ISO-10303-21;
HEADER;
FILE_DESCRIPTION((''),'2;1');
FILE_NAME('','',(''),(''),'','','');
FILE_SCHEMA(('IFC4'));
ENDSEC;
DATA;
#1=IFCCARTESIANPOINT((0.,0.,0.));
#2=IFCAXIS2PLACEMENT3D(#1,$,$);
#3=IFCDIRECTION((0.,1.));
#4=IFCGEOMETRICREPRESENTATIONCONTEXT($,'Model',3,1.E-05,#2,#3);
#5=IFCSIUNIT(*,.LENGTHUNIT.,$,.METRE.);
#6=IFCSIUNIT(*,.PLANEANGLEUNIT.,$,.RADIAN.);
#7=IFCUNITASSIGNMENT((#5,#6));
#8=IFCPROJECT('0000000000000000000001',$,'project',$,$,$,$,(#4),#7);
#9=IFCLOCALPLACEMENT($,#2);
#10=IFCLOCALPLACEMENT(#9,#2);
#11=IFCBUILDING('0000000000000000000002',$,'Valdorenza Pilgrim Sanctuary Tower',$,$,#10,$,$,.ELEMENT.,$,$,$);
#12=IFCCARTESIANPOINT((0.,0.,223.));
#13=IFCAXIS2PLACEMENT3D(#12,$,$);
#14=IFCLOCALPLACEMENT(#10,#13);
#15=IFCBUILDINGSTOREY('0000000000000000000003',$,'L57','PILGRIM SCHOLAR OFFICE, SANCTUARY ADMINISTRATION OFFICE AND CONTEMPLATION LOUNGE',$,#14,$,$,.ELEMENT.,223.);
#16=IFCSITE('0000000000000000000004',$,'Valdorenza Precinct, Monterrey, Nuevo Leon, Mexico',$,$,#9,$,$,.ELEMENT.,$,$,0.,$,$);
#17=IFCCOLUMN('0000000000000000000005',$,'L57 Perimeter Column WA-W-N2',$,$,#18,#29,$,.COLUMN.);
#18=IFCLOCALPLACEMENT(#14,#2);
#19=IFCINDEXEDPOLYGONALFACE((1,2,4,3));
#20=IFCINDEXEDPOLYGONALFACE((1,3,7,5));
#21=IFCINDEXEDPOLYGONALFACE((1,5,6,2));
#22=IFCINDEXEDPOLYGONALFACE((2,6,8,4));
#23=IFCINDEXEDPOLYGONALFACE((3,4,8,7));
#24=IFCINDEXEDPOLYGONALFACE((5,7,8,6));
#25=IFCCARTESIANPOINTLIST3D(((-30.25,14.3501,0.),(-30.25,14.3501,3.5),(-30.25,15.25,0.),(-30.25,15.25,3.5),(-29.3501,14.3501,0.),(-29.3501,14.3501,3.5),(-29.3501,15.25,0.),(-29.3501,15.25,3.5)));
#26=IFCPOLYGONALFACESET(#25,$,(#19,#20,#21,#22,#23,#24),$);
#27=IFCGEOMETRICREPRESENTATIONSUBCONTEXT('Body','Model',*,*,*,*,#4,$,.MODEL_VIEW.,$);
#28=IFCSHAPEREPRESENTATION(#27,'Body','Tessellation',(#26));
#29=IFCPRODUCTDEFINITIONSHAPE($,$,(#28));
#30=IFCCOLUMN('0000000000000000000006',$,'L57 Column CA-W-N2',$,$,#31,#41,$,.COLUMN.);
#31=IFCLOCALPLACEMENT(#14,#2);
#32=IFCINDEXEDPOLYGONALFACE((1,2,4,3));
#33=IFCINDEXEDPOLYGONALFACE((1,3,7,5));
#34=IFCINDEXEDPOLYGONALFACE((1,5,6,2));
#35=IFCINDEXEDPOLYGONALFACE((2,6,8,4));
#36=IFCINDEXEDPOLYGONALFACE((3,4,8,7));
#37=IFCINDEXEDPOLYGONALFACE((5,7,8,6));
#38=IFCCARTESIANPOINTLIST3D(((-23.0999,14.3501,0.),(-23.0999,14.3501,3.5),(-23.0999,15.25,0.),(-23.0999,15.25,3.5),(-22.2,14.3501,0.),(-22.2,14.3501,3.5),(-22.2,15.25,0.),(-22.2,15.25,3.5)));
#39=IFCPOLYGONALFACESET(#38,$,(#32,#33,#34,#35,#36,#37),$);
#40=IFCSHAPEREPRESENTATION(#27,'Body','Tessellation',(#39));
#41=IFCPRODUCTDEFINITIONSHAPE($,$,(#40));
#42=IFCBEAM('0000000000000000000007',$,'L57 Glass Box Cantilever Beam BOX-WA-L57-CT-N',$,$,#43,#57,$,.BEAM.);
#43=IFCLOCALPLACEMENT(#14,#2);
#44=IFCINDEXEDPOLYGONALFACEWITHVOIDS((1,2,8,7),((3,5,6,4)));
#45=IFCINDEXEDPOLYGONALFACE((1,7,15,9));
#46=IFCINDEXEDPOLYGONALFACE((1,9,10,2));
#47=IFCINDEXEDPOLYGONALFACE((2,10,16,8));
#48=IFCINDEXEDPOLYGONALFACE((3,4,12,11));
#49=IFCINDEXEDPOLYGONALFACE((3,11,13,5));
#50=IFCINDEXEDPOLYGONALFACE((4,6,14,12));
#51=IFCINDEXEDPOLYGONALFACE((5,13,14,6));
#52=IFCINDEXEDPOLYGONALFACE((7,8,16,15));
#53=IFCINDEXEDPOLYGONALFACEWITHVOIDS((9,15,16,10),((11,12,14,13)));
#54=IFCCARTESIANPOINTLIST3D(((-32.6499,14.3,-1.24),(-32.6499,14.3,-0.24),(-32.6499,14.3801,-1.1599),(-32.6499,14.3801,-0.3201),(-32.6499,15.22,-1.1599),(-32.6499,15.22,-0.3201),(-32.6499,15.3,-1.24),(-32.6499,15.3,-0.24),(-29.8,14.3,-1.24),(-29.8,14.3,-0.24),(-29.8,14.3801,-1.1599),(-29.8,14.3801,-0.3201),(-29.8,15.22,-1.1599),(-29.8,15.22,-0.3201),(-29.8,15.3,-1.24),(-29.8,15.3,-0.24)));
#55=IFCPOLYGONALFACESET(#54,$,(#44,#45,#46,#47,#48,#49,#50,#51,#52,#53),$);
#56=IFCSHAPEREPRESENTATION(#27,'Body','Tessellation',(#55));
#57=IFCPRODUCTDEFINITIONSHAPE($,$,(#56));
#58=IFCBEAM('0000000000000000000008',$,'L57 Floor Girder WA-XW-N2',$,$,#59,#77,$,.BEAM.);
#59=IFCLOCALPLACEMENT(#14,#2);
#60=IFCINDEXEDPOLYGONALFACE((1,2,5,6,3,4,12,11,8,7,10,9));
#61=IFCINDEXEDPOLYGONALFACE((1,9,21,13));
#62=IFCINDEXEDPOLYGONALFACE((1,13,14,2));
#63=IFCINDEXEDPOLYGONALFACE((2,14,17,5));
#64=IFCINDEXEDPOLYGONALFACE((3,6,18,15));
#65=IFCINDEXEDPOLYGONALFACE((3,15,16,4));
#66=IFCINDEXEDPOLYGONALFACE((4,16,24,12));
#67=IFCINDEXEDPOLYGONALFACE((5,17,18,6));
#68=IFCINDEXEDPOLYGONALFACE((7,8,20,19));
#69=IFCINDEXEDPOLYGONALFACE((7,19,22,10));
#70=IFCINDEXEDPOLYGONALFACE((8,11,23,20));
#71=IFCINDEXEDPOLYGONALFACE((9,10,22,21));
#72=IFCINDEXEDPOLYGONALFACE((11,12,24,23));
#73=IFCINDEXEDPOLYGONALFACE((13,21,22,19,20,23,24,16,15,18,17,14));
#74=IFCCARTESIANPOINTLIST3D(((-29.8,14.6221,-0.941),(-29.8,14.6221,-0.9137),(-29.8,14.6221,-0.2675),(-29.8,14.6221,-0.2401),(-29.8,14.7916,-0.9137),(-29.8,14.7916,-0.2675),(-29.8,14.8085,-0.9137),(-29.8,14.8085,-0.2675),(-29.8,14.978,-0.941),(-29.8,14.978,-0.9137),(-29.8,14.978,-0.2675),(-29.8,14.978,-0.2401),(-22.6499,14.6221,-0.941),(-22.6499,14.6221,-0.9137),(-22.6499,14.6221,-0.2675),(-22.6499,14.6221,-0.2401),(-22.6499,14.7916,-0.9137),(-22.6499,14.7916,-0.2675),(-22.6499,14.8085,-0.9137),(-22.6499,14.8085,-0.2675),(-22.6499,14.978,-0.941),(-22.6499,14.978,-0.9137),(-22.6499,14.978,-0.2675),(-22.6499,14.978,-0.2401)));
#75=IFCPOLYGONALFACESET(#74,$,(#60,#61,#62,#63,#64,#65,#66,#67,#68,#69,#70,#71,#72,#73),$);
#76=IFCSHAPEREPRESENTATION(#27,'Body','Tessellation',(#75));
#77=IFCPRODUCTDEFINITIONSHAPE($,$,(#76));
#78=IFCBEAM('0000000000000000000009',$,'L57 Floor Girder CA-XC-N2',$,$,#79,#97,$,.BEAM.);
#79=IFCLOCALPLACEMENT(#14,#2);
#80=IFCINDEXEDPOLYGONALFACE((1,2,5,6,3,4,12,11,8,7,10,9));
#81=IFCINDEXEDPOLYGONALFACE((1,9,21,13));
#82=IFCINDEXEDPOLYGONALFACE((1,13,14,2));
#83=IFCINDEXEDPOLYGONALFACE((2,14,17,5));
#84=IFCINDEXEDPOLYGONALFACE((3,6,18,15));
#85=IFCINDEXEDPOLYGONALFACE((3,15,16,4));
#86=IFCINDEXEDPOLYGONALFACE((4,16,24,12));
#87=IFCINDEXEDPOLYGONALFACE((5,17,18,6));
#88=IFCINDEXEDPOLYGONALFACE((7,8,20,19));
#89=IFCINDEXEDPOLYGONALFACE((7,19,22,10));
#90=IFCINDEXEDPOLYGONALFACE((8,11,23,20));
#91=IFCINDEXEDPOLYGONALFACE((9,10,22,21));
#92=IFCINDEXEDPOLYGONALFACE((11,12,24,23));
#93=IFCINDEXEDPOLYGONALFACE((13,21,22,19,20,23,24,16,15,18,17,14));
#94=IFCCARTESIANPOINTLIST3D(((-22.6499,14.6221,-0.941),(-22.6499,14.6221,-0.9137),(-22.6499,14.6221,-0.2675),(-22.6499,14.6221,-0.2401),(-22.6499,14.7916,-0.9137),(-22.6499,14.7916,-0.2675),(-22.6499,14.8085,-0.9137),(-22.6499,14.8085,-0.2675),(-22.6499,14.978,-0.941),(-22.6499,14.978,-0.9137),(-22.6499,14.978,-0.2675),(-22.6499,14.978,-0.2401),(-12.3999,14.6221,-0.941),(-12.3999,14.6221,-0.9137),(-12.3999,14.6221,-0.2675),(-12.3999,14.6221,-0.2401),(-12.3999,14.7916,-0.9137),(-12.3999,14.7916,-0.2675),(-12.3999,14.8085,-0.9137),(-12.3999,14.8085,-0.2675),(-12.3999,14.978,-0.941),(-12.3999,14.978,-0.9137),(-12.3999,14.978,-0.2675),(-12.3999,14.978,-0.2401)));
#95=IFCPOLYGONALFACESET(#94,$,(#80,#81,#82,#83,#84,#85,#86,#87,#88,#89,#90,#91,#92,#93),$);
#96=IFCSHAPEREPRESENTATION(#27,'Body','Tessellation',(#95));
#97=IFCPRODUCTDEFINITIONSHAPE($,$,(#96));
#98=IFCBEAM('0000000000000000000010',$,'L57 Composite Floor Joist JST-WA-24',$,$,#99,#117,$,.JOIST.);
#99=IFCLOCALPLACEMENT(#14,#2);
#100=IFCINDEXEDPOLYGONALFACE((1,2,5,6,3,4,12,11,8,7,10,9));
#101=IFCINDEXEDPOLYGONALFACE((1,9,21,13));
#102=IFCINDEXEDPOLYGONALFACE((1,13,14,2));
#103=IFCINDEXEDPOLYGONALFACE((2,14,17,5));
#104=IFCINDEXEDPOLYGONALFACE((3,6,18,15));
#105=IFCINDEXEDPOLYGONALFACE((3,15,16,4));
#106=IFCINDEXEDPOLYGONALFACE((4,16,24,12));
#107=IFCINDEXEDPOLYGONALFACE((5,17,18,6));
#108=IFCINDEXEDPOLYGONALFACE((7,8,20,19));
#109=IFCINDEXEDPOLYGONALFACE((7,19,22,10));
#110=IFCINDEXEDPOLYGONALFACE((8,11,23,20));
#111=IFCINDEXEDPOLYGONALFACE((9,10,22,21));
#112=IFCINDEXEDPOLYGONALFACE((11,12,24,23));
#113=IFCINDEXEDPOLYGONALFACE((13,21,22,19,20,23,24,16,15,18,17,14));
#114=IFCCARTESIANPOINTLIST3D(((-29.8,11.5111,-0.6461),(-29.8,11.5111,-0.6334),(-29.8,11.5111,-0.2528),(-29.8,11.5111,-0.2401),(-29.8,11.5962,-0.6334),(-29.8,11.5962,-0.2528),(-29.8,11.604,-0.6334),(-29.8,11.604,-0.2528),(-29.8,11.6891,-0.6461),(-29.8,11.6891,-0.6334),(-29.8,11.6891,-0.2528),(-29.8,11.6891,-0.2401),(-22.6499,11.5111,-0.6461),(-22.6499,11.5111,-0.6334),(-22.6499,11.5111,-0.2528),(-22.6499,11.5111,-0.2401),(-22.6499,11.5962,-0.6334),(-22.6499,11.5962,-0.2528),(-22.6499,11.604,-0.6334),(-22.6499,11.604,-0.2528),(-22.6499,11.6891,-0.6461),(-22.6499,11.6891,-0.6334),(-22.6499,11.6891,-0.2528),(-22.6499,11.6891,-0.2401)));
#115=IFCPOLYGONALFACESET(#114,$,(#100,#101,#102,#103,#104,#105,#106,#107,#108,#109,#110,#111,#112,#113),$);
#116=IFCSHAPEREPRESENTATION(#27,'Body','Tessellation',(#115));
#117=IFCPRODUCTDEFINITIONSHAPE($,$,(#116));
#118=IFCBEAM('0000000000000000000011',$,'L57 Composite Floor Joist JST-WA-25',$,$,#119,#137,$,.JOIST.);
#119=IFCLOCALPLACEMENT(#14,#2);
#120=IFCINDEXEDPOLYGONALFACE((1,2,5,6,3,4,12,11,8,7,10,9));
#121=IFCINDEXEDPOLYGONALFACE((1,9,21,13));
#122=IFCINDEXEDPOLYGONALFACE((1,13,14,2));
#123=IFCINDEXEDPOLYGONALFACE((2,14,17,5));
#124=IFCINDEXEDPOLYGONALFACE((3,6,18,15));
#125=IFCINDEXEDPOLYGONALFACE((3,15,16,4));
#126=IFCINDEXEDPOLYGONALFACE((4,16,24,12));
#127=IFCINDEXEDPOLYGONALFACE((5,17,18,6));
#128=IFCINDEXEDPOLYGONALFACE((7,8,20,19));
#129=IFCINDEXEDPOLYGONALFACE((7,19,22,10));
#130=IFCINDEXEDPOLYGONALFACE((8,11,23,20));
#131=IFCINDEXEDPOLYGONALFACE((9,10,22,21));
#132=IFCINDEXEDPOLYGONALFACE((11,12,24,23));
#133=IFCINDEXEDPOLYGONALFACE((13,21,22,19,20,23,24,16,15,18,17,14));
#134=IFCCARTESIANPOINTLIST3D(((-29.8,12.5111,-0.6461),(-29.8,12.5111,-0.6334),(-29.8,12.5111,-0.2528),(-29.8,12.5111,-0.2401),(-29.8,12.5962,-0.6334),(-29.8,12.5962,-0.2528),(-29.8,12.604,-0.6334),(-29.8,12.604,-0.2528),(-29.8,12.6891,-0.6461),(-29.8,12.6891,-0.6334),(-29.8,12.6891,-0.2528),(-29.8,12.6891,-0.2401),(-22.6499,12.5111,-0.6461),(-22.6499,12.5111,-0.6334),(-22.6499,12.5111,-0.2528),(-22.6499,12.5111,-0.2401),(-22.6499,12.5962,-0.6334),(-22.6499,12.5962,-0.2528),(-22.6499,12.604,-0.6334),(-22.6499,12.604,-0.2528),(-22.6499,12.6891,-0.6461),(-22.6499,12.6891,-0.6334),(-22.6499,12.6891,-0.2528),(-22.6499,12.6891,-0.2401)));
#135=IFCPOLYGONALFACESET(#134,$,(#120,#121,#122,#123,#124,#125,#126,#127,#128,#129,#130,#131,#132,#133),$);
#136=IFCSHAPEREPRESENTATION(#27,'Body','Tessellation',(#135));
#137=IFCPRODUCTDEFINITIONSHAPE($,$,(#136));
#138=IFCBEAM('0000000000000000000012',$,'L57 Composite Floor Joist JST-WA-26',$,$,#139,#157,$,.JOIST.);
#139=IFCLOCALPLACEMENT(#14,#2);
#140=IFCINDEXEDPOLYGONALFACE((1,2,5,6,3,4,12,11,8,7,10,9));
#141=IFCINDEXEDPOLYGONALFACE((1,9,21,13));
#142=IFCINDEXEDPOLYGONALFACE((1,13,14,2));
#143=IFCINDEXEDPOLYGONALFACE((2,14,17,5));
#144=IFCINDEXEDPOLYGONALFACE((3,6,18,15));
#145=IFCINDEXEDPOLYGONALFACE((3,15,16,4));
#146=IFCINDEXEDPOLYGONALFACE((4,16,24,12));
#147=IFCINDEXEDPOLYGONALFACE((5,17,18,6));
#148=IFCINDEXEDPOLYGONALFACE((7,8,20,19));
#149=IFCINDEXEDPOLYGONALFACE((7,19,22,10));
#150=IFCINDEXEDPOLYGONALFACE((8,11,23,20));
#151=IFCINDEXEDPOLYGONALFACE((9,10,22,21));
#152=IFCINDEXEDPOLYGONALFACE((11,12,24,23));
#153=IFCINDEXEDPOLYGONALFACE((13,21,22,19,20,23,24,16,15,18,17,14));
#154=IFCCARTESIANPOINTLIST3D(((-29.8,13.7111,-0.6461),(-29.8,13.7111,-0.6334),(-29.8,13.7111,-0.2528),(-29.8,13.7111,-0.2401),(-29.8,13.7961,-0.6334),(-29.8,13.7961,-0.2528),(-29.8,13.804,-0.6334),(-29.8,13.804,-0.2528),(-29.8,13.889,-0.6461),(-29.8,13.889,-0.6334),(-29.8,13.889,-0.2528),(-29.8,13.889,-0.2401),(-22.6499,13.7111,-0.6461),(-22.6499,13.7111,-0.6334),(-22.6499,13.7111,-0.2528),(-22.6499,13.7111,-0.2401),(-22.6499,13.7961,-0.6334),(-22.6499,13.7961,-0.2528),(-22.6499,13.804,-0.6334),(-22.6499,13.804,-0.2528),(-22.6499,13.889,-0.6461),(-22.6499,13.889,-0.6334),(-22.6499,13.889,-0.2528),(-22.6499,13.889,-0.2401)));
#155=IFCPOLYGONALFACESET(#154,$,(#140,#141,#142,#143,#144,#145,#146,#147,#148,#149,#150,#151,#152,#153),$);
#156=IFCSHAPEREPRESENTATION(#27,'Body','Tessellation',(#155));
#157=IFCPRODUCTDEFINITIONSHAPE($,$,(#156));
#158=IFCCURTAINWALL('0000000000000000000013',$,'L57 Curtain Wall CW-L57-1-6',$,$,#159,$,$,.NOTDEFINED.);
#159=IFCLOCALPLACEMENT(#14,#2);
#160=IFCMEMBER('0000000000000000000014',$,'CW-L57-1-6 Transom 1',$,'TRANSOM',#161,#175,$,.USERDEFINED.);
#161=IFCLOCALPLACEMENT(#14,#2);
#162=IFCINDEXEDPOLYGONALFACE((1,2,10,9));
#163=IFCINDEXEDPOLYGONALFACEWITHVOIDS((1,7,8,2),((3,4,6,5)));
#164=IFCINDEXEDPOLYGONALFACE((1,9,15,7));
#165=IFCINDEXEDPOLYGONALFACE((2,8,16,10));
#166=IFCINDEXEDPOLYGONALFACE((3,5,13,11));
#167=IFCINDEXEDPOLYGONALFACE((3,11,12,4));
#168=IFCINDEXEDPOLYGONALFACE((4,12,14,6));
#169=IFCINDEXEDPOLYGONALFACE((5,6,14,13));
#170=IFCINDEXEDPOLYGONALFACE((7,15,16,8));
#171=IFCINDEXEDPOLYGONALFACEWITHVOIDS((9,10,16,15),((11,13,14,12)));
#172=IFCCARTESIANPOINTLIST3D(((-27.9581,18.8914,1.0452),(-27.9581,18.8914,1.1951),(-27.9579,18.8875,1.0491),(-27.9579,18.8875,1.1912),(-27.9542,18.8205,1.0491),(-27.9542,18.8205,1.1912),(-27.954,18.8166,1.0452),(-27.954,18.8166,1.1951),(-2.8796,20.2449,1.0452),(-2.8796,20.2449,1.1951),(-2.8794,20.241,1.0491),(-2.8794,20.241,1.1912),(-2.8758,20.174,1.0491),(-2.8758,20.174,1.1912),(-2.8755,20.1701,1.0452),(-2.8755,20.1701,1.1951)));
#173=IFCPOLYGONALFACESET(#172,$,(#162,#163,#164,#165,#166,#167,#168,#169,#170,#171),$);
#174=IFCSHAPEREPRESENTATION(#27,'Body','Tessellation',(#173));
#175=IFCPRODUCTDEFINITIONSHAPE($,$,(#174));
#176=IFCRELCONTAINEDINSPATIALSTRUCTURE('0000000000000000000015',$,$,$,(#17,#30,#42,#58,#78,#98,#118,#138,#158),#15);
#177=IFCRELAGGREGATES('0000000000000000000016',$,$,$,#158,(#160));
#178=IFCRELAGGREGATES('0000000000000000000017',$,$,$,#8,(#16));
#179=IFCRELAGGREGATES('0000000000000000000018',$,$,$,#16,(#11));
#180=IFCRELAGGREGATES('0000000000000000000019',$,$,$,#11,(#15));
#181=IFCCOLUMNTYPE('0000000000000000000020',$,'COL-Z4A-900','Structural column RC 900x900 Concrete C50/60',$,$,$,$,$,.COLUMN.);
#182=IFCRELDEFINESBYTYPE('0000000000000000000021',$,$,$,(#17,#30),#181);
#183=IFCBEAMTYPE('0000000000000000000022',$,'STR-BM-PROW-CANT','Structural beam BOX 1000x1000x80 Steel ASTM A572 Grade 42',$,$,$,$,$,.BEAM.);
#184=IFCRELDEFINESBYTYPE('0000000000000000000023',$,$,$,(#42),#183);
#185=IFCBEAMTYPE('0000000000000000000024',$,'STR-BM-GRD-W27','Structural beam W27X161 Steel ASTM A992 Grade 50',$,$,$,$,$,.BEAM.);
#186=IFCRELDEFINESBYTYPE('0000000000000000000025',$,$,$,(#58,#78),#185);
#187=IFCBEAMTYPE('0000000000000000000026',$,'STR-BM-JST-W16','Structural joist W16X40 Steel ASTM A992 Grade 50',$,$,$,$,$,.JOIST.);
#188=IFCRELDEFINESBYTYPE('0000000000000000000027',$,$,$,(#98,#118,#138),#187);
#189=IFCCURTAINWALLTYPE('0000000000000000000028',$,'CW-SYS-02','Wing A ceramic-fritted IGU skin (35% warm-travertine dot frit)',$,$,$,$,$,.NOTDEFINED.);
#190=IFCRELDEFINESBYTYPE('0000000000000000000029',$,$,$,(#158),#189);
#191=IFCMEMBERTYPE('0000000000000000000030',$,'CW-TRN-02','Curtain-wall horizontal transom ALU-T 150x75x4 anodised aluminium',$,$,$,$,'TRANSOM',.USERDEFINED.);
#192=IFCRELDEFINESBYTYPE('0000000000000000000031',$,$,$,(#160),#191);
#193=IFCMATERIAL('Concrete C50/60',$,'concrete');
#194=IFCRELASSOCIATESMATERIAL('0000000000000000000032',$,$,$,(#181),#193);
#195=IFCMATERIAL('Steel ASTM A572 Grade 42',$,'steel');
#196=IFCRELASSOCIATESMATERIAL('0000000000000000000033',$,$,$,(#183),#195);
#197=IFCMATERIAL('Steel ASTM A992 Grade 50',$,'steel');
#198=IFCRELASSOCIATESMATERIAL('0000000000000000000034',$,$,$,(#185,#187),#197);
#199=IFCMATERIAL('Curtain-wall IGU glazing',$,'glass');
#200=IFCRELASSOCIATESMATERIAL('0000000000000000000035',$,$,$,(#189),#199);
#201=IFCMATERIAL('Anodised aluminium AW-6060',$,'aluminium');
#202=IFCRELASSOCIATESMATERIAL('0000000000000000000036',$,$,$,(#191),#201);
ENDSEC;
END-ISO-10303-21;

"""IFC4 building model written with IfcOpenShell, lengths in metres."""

from ifc_helpers import new_model, si_unit, direction, frame, origin, origin_2d, place, context, subcontext, project, spatial, rectangle, hollow_rectangle, i_section, extrude, source, transform, mapped, material, material_profile, profile_set, type_object, element, aggregate, save


model = new_model("IFC4")

# Units and contexts
model_context = context("Model", 3, precision=1e-05, world=origin(), true_north=direction((0.0, 1.0)))
body_context = subcontext(model_context, "Body", "Model", "MODEL_VIEW")
ifc_project = project(units=[si_unit("LENGTHUNIT", "METRE"), si_unit("PLANEANGLEUNIT", "RADIAN")], contexts=[model_context])

# Site, building, storey
site_placement = place(None, origin())
site = spatial("IfcSite", under=ifc_project, at=site_placement, Name="Valdorenza Precinct, Monterrey, Nuevo Leon, Mexico", CompositionType="ELEMENT", RefElevation=0.0)
building_placement = place(site_placement, origin())
building = spatial("IfcBuilding", under=site, at=building_placement, Name="Valdorenza Pilgrim Sanctuary Tower", CompositionType="ELEMENT")
storey_placement = place(building_placement, frame((0.0, 0.0, 223.0)))
storey = spatial("IfcBuildingStorey", under=building, at=storey_placement, Name="L57", Description="PILGRIM SCHOLAR OFFICE, SANCTUARY ADMINISTRATION OFFICE AND CONTEMPLATION LOUNGE", CompositionType="ELEMENT", Elevation=223.0)

# Columns
ifc_material_1 = material(Name="Concrete C50/60", Category="concrete")
ifc_material_profile_1 = material_profile(ifc_material_1, rectangle(XDim=0.8999, YDim=0.8999, at=origin_2d()), Name="RC 900x900")
ifc_profile_set_1 = profile_set([ifc_material_profile_1], Name="Concrete C50/60")
column_type = type_object("IfcColumnType", Name="COL-Z4A-900", Description="Structural column RC 900x900 Concrete C50/60", PredefinedType="COLUMN", material=ifc_profile_set_1)
shared_shape_1 = source(origin(), body_context, "Body", "SweptSolid", [
    extrude(rectangle(XDim=0.8999, YDim=0.8999, at=origin_2d()), origin(), (0.0, 0.0, 1.0), 3.5),
])
for number, where, z_axis, x_axis, name in (
    (1, (-29.8, 14.8, 0.0), (0.0, 0.0, 1.0), (1.0, 0.0, 0.0), "L57 Perimeter Column WA-W-N2"),
    (2, (-22.6499, 14.8, 0.0), (0.0, 0.0, 1.0), (1.0, 0.0, 0.0), "L57 Column CA-W-N2"),
):
    element("IfcColumn", number, at=place(storey_placement, frame(where, z_axis=z_axis, x_axis=x_axis)), inside=storey, type_object=column_type, Name=name, PredefinedType="COLUMN", context=body_context, shape_type="MappedRepresentation", body=[
        mapped(shared_shape_1, transform((0.0, 0.0, 0.0), x_axis=(1.0, 0.0, 0.0), y_axis=(0.0, 1.0, 0.0), z_axis=(0.0, 0.0, 1.0), scale=1.0)),
    ])

# Beams
ifc_material_2 = material(Name="Steel ASTM A572 Grade 42", Category="steel")
ifc_material_profile_2 = material_profile(ifc_material_2, hollow_rectangle(XDim=1.0, YDim=1.0, WallThickness=0.0801, at=origin_2d()), Name="BOX 1000x1000x80")
ifc_profile_set_2 = profile_set([ifc_material_profile_2], Name="Steel ASTM A572 Grade 42")
beam_type_1 = type_object("IfcBeamType", Name="STR-BM-PROW-CANT", Description="Structural beam BOX 1000x1000x80 Steel ASTM A572 Grade 42", PredefinedType="BEAM", material=ifc_profile_set_2)
shared_shape_2 = source(origin(), body_context, "Body", "SweptSolid", [
    extrude(hollow_rectangle(XDim=1.0, YDim=1.0, WallThickness=0.0801, at=origin_2d()), origin(), (0.0, 0.0, 1.0), 2.8499),
])
beam_1_placement = place(storey_placement, frame((-29.8, 14.8, -0.74), z_axis=(-1.0, 0.0, 0.0), x_axis=(0.0, -1.0, 0.0)))
element("IfcBeam", 3, at=beam_1_placement, inside=storey, type_object=beam_type_1, Name="L57 Glass Box Cantilever Beam BOX-WA-L57-CT-N", PredefinedType="BEAM", context=body_context, shape_type="MappedRepresentation", body=[
    mapped(shared_shape_2, transform((0.0, 0.0, 0.0), x_axis=(1.0, 0.0, 0.0), y_axis=(0.0, 1.0, 0.0), z_axis=(0.0, 0.0, 1.0), scale=1.0)),
])
ifc_material_3 = material(Name="Steel ASTM A992 Grade 50", Category="steel")
ifc_material_profile_3 = material_profile(ifc_material_3, i_section(OverallWidth=0.356, OverallDepth=0.7009, WebThickness=0.0168, FlangeThickness=0.0273, at=origin_2d()), Name="W27X161")
ifc_profile_set_3 = profile_set([ifc_material_profile_3], Name="Steel ASTM A992 Grade 50")
beam_type_2 = type_object("IfcBeamType", Name="STR-BM-GRD-W27", Description="Structural beam W27X161 Steel ASTM A992 Grade 50", PredefinedType="BEAM", material=ifc_profile_set_3)
shared_shape_3 = source(origin(), body_context, "Body", "SweptSolid", [
    extrude(i_section(OverallWidth=0.356, OverallDepth=0.7009, WebThickness=0.0168, FlangeThickness=0.0273, at=origin_2d()), origin(), (0.0, 0.0, 1.0), 7.1501),
])
beam_2_placement = place(storey_placement, frame((-29.8, 14.8, -0.5906), z_axis=(1.0, 0.0, 0.0), x_axis=(0.0, 1.0, 0.0)))
element("IfcBeam", 4, at=beam_2_placement, inside=storey, type_object=beam_type_2, Name="L57 Floor Girder WA-XW-N2", PredefinedType="BEAM", context=body_context, shape_type="MappedRepresentation", body=[
    mapped(shared_shape_3, transform((0.0, 0.0, 0.0), x_axis=(1.0, 0.0, 0.0), y_axis=(0.0, 1.0, 0.0), z_axis=(0.0, 0.0, 1.0), scale=1.0)),
])
shared_shape_4 = source(origin(), body_context, "Body", "SweptSolid", [
    extrude(i_section(OverallWidth=0.356, OverallDepth=0.7009, WebThickness=0.0168, FlangeThickness=0.0273, at=origin_2d()), origin(), (0.0, 0.0, 1.0), 10.25),
])
beam_3_placement = place(storey_placement, frame((-22.6499, 14.8, -0.5906), z_axis=(1.0, 0.0, 0.0), x_axis=(0.0, 1.0, 0.0)))
element("IfcBeam", 5, at=beam_3_placement, inside=storey, type_object=beam_type_2, Name="L57 Floor Girder CA-XC-N2", PredefinedType="BEAM", context=body_context, shape_type="MappedRepresentation", body=[
    mapped(shared_shape_4, transform((0.0, 0.0, 0.0), x_axis=(1.0, 0.0, 0.0), y_axis=(0.0, 1.0, 0.0), z_axis=(0.0, 0.0, 1.0), scale=1.0)),
])
ifc_material_profile_4 = material_profile(ifc_material_3, i_section(OverallWidth=0.178, OverallDepth=0.406, WebThickness=0.0078, FlangeThickness=0.0127, at=origin_2d()), Name="W16X40")
ifc_profile_set_4 = profile_set([ifc_material_profile_4], Name="Steel ASTM A992 Grade 50")
beam_type_3 = type_object("IfcBeamType", Name="STR-BM-JST-W16", Description="Structural joist W16X40 Steel ASTM A992 Grade 50", PredefinedType="JOIST", material=ifc_profile_set_4)
shared_shape_5 = source(origin(), body_context, "Body", "SweptSolid", [
    extrude(i_section(OverallWidth=0.178, OverallDepth=0.406, WebThickness=0.0078, FlangeThickness=0.0127, at=origin_2d()), origin(), (0.0, 0.0, 1.0), 7.1501),
])
for number, where, z_axis, x_axis, name in (
    (6, (-29.8, 11.6001, -0.4431), (1.0, 0.0, 0.0), (0.0, 1.0, 0.0), "L57 Composite Floor Joist JST-WA-24"),
    (7, (-29.8, 12.6001, -0.4431), (1.0, 0.0, 0.0), (0.0, 1.0, 0.0), "L57 Composite Floor Joist JST-WA-25"),
    (8, (-29.8, 13.8, -0.4431), (1.0, 0.0, 0.0), (0.0, 1.0, 0.0), "L57 Composite Floor Joist JST-WA-26"),
):
    element("IfcBeam", number, at=place(storey_placement, frame(where, z_axis=z_axis, x_axis=x_axis)), inside=storey, type_object=beam_type_3, Name=name, PredefinedType="JOIST", context=body_context, shape_type="MappedRepresentation", body=[
        mapped(shared_shape_5, transform((0.0, 0.0, 0.0), x_axis=(1.0, 0.0, 0.0), y_axis=(0.0, 1.0, 0.0), z_axis=(0.0, 0.0, 1.0), scale=1.0)),
    ])

# Curtain wall, member
ifc_material_4 = material(Name="Curtain-wall IGU glazing", Category="glass")
curtain_wall_type = type_object("IfcCurtainWallType", Name="CW-SYS-02", Description="Wing A ceramic-fritted IGU skin (35% warm-travertine dot frit)", PredefinedType="NOTDEFINED", material=ifc_material_4)
curtain_wall_placement = place(storey_placement, origin())
curtain_wall = element("IfcCurtainWall", 9, at=curtain_wall_placement, inside=storey, type_object=curtain_wall_type, Name="L57 Curtain Wall CW-L57-1-6", PredefinedType="NOTDEFINED")
ifc_material_5 = material(Name="Anodised aluminium AW-6060", Category="aluminium")
ifc_material_profile_5 = material_profile(ifc_material_5, hollow_rectangle(XDim=0.075, YDim=0.1499, WallThickness=0.0039, at=origin_2d()), Name="ALU-T 150x75x4")
ifc_profile_set_5 = profile_set([ifc_material_profile_5], Name="Anodised aluminium AW-6060")
member_type_1 = type_object("IfcMemberType", Name="CW-TRN-02", Description="Curtain-wall horizontal transom ALU-T 150x75x4 anodised aluminium", ElementType="TRANSOM", PredefinedType="USERDEFINED", material=ifc_profile_set_5)
shared_shape_6 = source(origin(), body_context, "Body", "SweptSolid", [
    extrude(hollow_rectangle(XDim=0.075, YDim=0.1499, WallThickness=0.0039, at=origin_2d()), origin(), (0.0, 0.0, 1.0), 25.115),
])
member_1_placement = place(storey_placement, frame((-27.9561, 18.854, 1.1201), z_axis=(0.998547, 0.053893, 0.0), x_axis=(-0.053893, 0.998547, 0.0)))
member_1 = element("IfcMember", 10, at=member_1_placement, type_object=member_type_1, Name="CW-L57-1-6 Transom 1", ObjectType="TRANSOM", PredefinedType="USERDEFINED", context=body_context, shape_type="MappedRepresentation", body=[
    mapped(shared_shape_6, transform((0.0, 0.0, 0.0), x_axis=(1.0, 0.0, 0.0), y_axis=(0.0, 1.0, 0.0), z_axis=(0.0, 0.0, 1.0), scale=1.0)),
])
aggregate(curtain_wall, [member_1])

save(model, "model.ifc")
